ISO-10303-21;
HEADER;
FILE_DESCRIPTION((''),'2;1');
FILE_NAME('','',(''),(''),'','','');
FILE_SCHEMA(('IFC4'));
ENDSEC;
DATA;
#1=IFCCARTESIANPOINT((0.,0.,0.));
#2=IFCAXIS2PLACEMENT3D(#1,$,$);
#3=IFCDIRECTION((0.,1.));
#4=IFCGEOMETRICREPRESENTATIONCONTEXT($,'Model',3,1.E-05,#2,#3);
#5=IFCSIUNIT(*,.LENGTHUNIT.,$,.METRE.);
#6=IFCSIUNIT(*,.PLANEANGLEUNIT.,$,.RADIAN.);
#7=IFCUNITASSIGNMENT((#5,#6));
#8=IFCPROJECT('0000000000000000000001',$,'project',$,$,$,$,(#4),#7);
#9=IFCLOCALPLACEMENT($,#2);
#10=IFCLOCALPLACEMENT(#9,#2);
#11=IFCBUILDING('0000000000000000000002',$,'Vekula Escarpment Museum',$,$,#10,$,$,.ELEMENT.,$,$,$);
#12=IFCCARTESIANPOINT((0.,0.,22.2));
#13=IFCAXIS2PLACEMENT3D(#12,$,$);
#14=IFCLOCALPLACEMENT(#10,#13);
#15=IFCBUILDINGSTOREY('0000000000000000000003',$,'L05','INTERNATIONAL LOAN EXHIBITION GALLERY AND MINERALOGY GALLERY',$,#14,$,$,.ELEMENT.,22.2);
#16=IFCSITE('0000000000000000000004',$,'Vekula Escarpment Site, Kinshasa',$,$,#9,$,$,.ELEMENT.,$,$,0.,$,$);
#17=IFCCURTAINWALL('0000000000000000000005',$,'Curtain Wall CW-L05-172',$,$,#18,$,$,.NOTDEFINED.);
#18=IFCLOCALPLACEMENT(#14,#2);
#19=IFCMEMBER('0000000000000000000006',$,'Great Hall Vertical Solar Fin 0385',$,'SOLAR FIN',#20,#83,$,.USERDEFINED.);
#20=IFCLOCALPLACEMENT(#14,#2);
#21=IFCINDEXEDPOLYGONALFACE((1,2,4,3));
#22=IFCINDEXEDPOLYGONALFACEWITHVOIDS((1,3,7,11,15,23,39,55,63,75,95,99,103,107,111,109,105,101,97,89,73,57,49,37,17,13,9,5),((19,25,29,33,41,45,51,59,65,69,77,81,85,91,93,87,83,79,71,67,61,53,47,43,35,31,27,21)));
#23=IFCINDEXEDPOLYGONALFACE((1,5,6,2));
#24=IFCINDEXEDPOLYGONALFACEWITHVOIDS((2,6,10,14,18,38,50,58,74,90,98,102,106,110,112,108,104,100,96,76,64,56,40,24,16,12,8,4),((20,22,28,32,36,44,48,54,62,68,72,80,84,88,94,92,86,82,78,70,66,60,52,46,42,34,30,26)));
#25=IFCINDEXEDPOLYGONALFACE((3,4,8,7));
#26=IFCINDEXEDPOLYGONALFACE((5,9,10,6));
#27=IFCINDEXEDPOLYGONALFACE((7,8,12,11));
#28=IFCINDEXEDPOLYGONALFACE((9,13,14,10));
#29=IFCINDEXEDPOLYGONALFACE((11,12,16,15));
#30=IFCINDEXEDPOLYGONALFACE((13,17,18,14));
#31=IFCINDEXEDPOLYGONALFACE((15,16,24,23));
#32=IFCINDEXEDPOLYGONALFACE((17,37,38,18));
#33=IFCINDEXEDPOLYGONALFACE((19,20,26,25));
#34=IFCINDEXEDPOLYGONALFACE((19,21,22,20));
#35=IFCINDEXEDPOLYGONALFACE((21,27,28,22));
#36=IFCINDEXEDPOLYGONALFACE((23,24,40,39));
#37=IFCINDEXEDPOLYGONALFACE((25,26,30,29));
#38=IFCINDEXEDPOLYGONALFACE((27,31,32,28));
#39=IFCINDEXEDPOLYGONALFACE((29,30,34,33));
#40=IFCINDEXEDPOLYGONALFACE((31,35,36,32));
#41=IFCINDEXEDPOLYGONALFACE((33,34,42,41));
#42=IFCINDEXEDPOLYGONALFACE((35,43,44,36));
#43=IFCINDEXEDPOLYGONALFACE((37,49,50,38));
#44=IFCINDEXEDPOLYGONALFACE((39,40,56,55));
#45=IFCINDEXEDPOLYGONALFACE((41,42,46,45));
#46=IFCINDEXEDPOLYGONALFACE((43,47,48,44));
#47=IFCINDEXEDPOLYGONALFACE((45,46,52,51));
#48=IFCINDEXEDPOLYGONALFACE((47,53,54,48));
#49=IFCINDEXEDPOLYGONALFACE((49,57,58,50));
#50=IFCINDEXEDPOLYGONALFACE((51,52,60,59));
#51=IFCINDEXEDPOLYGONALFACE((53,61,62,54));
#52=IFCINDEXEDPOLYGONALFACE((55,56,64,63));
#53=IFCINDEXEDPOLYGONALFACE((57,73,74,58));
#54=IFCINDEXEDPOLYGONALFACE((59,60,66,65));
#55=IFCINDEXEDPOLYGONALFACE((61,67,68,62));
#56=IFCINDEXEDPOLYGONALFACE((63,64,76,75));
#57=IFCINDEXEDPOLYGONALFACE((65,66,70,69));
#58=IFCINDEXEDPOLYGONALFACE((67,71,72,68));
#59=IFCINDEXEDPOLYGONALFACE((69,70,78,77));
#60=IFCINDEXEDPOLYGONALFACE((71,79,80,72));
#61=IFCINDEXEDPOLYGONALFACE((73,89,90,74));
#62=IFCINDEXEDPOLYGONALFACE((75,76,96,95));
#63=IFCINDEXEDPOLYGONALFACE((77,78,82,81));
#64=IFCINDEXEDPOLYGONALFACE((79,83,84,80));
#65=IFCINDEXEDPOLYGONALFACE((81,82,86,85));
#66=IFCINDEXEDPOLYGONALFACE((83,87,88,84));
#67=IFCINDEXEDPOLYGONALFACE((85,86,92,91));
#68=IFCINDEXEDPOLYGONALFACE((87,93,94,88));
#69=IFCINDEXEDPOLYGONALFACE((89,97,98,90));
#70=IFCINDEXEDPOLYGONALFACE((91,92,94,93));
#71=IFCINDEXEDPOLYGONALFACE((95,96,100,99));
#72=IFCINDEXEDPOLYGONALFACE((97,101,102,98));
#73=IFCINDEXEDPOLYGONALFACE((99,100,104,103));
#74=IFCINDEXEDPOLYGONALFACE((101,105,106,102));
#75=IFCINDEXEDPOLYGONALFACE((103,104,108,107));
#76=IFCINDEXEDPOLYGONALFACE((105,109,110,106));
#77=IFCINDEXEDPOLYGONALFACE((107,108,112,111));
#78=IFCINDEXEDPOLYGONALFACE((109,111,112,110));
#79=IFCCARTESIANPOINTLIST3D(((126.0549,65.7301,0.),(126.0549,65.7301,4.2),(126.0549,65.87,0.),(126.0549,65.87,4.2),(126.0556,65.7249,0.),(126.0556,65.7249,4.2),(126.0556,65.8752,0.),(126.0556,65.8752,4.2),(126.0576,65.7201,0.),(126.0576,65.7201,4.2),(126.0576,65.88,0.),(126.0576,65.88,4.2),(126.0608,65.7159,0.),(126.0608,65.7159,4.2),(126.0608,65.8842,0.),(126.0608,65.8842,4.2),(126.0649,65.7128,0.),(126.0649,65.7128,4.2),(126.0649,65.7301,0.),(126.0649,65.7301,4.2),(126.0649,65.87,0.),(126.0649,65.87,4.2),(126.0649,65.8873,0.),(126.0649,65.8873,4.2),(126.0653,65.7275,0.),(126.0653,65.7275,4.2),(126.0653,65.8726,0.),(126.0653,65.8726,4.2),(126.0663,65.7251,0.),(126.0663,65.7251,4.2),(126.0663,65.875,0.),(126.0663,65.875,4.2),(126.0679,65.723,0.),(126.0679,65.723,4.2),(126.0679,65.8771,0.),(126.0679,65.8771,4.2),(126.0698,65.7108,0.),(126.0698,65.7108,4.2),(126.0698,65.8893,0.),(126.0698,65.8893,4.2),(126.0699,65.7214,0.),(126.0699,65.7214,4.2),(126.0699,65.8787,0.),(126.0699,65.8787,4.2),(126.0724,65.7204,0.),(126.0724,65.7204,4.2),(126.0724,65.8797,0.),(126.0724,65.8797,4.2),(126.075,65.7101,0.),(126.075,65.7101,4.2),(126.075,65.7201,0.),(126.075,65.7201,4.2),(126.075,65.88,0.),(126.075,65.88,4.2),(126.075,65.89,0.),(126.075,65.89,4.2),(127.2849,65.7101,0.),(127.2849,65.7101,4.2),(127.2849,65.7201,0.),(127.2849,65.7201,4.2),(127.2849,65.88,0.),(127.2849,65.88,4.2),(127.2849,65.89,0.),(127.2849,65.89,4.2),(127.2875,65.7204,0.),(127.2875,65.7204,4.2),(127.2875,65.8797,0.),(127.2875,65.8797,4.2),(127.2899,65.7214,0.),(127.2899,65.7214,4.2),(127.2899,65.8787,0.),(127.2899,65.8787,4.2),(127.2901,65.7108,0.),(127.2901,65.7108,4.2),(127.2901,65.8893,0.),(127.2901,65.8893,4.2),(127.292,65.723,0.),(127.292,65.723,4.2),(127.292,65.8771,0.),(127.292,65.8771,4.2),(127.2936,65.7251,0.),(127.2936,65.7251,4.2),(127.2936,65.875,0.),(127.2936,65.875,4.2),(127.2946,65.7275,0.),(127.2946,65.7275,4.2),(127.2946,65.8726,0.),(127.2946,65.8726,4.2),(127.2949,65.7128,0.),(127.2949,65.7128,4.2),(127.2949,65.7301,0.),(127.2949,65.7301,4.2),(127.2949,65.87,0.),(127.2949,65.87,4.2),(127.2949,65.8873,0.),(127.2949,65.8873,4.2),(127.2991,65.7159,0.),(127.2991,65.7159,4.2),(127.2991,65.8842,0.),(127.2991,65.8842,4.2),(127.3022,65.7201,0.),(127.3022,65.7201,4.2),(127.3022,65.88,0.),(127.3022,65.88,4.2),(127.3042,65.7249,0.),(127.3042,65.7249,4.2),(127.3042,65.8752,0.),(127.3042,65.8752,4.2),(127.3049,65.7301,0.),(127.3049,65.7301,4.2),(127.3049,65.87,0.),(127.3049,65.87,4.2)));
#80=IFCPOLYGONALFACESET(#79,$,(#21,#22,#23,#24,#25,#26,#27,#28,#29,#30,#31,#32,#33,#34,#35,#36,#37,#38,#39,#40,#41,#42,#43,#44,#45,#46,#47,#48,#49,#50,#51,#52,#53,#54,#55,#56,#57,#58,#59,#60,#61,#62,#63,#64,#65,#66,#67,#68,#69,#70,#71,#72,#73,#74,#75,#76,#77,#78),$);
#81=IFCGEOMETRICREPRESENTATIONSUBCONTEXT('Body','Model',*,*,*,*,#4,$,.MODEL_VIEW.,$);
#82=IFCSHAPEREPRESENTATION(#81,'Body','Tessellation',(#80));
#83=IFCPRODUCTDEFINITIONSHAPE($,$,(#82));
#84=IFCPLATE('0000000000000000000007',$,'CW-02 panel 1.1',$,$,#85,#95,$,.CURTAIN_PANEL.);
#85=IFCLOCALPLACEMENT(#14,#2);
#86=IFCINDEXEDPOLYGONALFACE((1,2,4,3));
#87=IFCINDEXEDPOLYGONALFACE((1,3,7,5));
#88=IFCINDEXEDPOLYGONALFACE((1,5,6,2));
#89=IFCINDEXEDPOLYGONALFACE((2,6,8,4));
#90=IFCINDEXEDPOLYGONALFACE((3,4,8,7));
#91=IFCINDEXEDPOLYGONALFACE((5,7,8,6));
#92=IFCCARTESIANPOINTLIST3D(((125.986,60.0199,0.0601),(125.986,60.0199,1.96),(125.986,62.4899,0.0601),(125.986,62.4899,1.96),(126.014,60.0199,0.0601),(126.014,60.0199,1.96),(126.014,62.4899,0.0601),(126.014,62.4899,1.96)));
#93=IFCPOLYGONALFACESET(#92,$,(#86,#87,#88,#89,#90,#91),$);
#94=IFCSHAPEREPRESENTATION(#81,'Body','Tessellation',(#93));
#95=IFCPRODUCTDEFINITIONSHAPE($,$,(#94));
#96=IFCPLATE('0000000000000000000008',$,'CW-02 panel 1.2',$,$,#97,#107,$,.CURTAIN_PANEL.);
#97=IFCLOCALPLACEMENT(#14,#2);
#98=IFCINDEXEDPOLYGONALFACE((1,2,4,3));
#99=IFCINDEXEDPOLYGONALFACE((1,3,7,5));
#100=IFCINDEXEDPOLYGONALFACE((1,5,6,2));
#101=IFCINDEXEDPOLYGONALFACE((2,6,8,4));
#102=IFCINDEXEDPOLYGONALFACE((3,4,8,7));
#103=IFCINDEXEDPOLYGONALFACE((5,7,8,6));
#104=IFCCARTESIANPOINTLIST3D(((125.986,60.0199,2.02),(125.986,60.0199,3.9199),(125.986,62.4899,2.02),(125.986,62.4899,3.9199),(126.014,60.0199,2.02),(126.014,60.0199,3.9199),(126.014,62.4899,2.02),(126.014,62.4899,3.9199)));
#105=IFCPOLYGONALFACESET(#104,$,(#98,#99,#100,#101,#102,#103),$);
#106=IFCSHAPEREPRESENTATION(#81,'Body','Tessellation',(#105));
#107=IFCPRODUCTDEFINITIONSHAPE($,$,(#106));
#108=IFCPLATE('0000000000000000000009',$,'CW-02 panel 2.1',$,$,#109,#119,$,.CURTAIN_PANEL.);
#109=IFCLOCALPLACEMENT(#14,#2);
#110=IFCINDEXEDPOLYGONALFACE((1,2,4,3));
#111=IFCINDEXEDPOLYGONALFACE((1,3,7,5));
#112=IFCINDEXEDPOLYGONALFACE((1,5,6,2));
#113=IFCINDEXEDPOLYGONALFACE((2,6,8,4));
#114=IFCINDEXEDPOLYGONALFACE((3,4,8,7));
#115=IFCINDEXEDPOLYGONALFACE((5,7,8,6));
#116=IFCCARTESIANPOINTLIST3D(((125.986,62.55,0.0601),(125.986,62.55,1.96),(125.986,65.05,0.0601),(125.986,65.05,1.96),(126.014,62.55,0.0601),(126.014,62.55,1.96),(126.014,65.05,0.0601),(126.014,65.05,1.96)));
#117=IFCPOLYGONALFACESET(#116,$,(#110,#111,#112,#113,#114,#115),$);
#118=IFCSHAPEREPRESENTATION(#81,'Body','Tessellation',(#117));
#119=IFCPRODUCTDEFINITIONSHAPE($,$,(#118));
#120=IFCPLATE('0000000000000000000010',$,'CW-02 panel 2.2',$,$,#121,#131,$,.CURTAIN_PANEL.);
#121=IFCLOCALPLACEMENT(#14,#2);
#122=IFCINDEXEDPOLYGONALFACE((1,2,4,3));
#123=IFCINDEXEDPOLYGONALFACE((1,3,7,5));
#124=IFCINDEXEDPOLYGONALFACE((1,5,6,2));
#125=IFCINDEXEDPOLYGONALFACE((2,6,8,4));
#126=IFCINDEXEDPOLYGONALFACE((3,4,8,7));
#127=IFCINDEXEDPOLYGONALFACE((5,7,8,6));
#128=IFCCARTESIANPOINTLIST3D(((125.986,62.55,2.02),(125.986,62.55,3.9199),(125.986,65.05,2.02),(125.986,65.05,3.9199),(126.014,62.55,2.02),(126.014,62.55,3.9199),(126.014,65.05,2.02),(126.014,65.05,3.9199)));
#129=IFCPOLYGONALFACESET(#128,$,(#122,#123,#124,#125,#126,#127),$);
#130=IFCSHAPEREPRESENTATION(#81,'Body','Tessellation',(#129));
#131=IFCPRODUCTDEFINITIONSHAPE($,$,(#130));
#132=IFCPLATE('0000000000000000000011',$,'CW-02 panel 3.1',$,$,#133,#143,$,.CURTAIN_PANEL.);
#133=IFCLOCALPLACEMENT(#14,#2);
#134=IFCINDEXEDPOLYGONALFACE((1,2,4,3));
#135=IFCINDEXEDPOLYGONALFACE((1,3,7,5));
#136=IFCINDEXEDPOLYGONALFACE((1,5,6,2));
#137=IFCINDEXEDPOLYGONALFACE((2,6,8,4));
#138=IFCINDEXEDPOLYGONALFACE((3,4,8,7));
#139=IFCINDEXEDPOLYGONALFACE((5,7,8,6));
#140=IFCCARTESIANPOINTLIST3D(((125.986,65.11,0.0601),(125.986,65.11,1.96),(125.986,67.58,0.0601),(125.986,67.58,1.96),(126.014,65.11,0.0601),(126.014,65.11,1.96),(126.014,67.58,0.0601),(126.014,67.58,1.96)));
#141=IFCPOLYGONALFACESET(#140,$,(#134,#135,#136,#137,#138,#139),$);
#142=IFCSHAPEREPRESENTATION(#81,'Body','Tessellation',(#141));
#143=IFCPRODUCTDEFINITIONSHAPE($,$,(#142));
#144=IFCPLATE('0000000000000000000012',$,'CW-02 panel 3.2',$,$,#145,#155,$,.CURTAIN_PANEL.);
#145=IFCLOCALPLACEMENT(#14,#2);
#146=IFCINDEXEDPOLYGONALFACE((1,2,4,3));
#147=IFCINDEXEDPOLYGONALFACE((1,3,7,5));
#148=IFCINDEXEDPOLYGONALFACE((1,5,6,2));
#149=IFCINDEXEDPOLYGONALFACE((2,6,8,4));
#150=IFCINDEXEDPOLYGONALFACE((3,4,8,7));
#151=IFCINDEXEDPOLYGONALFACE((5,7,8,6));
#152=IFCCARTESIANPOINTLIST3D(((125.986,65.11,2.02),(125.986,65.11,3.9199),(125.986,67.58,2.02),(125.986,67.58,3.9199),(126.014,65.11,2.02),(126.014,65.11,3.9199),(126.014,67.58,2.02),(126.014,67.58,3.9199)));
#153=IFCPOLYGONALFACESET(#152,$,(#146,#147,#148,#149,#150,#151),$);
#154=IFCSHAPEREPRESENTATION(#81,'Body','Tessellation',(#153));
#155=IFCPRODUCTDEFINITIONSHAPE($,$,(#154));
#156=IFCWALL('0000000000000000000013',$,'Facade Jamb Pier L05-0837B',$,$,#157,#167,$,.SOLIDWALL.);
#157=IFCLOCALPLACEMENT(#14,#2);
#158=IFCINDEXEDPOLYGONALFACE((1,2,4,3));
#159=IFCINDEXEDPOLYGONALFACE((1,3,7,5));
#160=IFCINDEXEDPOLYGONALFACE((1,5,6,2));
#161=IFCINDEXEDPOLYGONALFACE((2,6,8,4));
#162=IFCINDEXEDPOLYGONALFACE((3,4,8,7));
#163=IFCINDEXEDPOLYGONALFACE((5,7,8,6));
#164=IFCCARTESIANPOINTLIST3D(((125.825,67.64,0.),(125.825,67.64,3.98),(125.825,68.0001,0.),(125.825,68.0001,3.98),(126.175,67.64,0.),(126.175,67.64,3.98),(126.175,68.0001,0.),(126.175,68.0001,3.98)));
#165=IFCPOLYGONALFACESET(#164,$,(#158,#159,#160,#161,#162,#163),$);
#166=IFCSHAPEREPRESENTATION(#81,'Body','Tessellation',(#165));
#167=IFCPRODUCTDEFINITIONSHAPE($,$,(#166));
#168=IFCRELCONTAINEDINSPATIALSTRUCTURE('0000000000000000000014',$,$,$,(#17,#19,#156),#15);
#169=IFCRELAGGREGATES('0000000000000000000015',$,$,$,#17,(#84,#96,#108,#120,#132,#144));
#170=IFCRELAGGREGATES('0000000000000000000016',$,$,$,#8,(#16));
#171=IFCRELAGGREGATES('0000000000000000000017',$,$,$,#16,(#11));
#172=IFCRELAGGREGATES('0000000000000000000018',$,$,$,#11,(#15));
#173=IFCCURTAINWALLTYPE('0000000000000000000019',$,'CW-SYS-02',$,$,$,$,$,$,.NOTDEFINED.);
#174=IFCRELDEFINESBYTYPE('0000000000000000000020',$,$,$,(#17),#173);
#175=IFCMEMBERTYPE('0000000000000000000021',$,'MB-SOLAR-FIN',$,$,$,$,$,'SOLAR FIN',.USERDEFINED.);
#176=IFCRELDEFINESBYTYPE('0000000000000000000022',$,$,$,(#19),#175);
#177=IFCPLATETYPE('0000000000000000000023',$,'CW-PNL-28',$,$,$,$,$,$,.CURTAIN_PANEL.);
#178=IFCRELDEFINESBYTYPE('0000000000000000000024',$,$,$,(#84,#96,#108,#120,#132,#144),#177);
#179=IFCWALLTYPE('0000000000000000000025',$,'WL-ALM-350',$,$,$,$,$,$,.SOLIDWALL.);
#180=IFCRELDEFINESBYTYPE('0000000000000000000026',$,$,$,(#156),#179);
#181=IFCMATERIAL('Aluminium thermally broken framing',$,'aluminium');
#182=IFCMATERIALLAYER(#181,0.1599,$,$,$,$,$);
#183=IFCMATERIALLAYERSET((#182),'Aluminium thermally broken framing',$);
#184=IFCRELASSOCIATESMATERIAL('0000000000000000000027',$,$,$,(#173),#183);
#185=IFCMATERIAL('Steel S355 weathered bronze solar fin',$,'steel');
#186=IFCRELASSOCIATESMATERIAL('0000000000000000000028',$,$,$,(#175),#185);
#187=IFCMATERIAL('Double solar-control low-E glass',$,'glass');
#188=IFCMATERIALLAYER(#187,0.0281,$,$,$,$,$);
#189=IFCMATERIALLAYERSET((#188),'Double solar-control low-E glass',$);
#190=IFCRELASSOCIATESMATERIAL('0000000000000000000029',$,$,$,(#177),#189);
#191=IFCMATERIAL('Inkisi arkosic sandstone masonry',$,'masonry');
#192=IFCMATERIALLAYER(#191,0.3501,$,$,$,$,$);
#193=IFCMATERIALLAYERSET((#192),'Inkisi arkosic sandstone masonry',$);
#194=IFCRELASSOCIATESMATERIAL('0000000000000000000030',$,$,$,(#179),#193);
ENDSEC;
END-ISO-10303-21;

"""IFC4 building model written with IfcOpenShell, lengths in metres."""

from ifc_helpers import new_model, si_unit, direction, frame, frame_2d, origin, origin_2d, place, context, subcontext, project, spatial, rectangle, hollow_rectangle, extrude, material, layer, layer_set, material_profile, profile_set, type_object, element, aggregate, save


model = new_model("IFC4")

# Units and contexts
model_context = context("Model", 3, precision=1e-05, world=origin(), true_north=direction((0.0, 1.0)))
body_context = subcontext(model_context, "Body", "Model", "MODEL_VIEW")
ifc_project = project(units=[si_unit("LENGTHUNIT", "METRE"), si_unit("PLANEANGLEUNIT", "RADIAN")], contexts=[model_context])

# Site, building, storey
site_placement = place(None, origin())
site = spatial("IfcSite", under=ifc_project, at=site_placement, Name="Vekula Escarpment Site, Kinshasa", CompositionType="ELEMENT", RefElevation=0.0)
building_placement = place(site_placement, origin())
building = spatial("IfcBuilding", under=site, at=building_placement, Name="Vekula Escarpment Museum", CompositionType="ELEMENT")
storey_placement = place(building_placement, frame((0.0, 0.0, 22.2)))
storey = spatial("IfcBuildingStorey", under=building, at=storey_placement, Name="L05", Description="INTERNATIONAL LOAN EXHIBITION GALLERY AND MINERALOGY GALLERY", CompositionType="ELEMENT", Elevation=22.2)

# Curtain wall
ifc_material_1 = material(Name="Aluminium thermally broken framing", Category="aluminium")
ifc_layer_1 = layer(ifc_material_1, 0.1599)
ifc_layer_set_1 = layer_set([ifc_layer_1], Name="Aluminium thermally broken framing")
curtain_wall_type = type_object("IfcCurtainWallType", Name="CW-SYS-02", PredefinedType="NOTDEFINED", material=ifc_layer_set_1)
curtain_wall_placement = place(storey_placement, origin())
curtain_wall = element("IfcCurtainWall", 1, at=curtain_wall_placement, inside=storey, type_object=curtain_wall_type, Name="Curtain Wall CW-L05-172", PredefinedType="NOTDEFINED")

# Member
ifc_material_2 = material(Name="Steel S355 weathered bronze solar fin", Category="steel")
ifc_material_profile_1 = material_profile(ifc_material_2, hollow_rectangle(XDim=0.1799, YDim=1.25, WallThickness=0.01, InnerFilletRadius=0.01, OuterFilletRadius=0.02, at=origin_2d()), Name="RHS 1250x180x10")
ifc_profile_set_1 = profile_set([ifc_material_profile_1], Name="Steel S355 weathered bronze solar fin")
member_type_1 = type_object("IfcMemberType", Name="MB-SOLAR-FIN", ElementType="SOLAR FIN", PredefinedType="USERDEFINED", material=ifc_profile_set_1)
for number, where, z_axis, x_axis, name in (
    (2, (126.6799, 65.8, 0.0), (0.0, 0.0, 1.0), (0.0, 1.0, 0.0), "Great Hall Vertical Solar Fin 0385"),
):
    element("IfcMember", number, at=place(storey_placement, frame(where, z_axis=z_axis, x_axis=x_axis)), inside=storey, type_object=member_type_1, Name=name, ObjectType="SOLAR FIN", PredefinedType="USERDEFINED", context=body_context, shape_type="SweptSolid", body=[
        extrude(hollow_rectangle(XDim=0.1799, YDim=1.25, WallThickness=0.01, InnerFilletRadius=0.01, OuterFilletRadius=0.02, at=origin_2d()), origin(), (0.0, 0.0, 1.0), 4.2),
    ])

# Plates
ifc_material_3 = material(Name="Double solar-control low-E glass", Category="glass")
ifc_layer_2 = layer(ifc_material_3, 0.0281)
ifc_layer_set_2 = layer_set([ifc_layer_2], Name="Double solar-control low-E glass")
plate_type = type_object("IfcPlateType", Name="CW-PNL-28", PredefinedType="CURTAIN_PANEL", material=ifc_layer_set_2)
plate_1_placement = place(storey_placement, frame((126.0, 61.2549, 0.0601), z_axis=(0.0, 0.0, 1.0), x_axis=(0.0, 1.0, 0.0)))
plate_1 = element("IfcPlate", 3, at=plate_1_placement, type_object=plate_type, Name="CW-02 panel 1.1", PredefinedType="CURTAIN_PANEL", context=body_context, shape_type="SweptSolid", body=[
    extrude(rectangle(XDim=2.47, YDim=0.0281, at=origin_2d()), origin(), (0.0, 0.0, 1.0), 1.8999),
])
plate_2_placement = place(storey_placement, frame((126.0, 61.2549, 2.02), z_axis=(0.0, 0.0, 1.0), x_axis=(0.0, 1.0, 0.0)))
plate_2 = element("IfcPlate", 4, at=plate_2_placement, type_object=plate_type, Name="CW-02 panel 1.2", PredefinedType="CURTAIN_PANEL", context=body_context, shape_type="SweptSolid", body=[
    extrude(rectangle(XDim=2.47, YDim=0.0281, at=origin_2d()), origin(), (0.0, 0.0, 1.0), 1.8999),
])
plate_3_placement = place(storey_placement, frame((126.0, 63.8, 0.0601), z_axis=(0.0, 0.0, 1.0), x_axis=(0.0, 1.0, 0.0)))
plate_3 = element("IfcPlate", 5, at=plate_3_placement, type_object=plate_type, Name="CW-02 panel 2.1", PredefinedType="CURTAIN_PANEL", context=body_context, shape_type="SweptSolid", body=[
    extrude(rectangle(XDim=2.5, YDim=0.0281, at=origin_2d()), origin(), (0.0, 0.0, 1.0), 1.8999),
])
plate_4_placement = place(storey_placement, frame((126.0, 63.8, 2.02), z_axis=(0.0, 0.0, 1.0), x_axis=(0.0, 1.0, 0.0)))
plate_4 = element("IfcPlate", 6, at=plate_4_placement, type_object=plate_type, Name="CW-02 panel 2.2", PredefinedType="CURTAIN_PANEL", context=body_context, shape_type="SweptSolid", body=[
    extrude(rectangle(XDim=2.5, YDim=0.0281, at=origin_2d()), origin(), (0.0, 0.0, 1.0), 1.8999),
])
plate_5_placement = place(storey_placement, frame((126.0, 66.345, 0.0601), z_axis=(0.0, 0.0, 1.0), x_axis=(0.0, 1.0, 0.0)))
plate_5 = element("IfcPlate", 7, at=plate_5_placement, type_object=plate_type, Name="CW-02 panel 3.1", PredefinedType="CURTAIN_PANEL", context=body_context, shape_type="SweptSolid", body=[
    extrude(rectangle(XDim=2.47, YDim=0.0281, at=origin_2d()), origin(), (0.0, 0.0, 1.0), 1.8999),
])
plate_6_placement = place(storey_placement, frame((126.0, 66.345, 2.02), z_axis=(0.0, 0.0, 1.0), x_axis=(0.0, 1.0, 0.0)))
plate_6 = element("IfcPlate", 8, at=plate_6_placement, type_object=plate_type, Name="CW-02 panel 3.2", PredefinedType="CURTAIN_PANEL", context=body_context, shape_type="SweptSolid", body=[
    extrude(rectangle(XDim=2.47, YDim=0.0281, at=origin_2d()), origin(), (0.0, 0.0, 1.0), 1.8999),
])
aggregate(curtain_wall, [plate_1, plate_2, plate_3, plate_4, plate_5, plate_6])

# Wall
ifc_material_4 = material(Name="Inkisi arkosic sandstone masonry", Category="masonry")
ifc_layer_3 = layer(ifc_material_4, 0.3501)
ifc_layer_set_3 = layer_set([ifc_layer_3], Name="Inkisi arkosic sandstone masonry")
wall_type = type_object("IfcWallType", Name="WL-ALM-350", PredefinedType="SOLIDWALL", material=ifc_layer_set_3)
wall_placement = place(storey_placement, frame((126.0, 67.6399, 0.0), z_axis=(0.0, 0.0, 1.0), x_axis=(0.0, 1.0, 0.0)))
element("IfcWall", 9, at=wall_placement, inside=storey, type_object=wall_type, Name="Facade Jamb Pier L05-0837B", PredefinedType="SOLIDWALL", context=body_context, shape_type="SweptSolid", body=[
    extrude(rectangle(XDim=0.3601, YDim=0.3501, at=frame_2d((0.1802, 0.0))), origin(), (0.0, 0.0, 1.0), 3.98),
])

save(model, "model.ifc")
